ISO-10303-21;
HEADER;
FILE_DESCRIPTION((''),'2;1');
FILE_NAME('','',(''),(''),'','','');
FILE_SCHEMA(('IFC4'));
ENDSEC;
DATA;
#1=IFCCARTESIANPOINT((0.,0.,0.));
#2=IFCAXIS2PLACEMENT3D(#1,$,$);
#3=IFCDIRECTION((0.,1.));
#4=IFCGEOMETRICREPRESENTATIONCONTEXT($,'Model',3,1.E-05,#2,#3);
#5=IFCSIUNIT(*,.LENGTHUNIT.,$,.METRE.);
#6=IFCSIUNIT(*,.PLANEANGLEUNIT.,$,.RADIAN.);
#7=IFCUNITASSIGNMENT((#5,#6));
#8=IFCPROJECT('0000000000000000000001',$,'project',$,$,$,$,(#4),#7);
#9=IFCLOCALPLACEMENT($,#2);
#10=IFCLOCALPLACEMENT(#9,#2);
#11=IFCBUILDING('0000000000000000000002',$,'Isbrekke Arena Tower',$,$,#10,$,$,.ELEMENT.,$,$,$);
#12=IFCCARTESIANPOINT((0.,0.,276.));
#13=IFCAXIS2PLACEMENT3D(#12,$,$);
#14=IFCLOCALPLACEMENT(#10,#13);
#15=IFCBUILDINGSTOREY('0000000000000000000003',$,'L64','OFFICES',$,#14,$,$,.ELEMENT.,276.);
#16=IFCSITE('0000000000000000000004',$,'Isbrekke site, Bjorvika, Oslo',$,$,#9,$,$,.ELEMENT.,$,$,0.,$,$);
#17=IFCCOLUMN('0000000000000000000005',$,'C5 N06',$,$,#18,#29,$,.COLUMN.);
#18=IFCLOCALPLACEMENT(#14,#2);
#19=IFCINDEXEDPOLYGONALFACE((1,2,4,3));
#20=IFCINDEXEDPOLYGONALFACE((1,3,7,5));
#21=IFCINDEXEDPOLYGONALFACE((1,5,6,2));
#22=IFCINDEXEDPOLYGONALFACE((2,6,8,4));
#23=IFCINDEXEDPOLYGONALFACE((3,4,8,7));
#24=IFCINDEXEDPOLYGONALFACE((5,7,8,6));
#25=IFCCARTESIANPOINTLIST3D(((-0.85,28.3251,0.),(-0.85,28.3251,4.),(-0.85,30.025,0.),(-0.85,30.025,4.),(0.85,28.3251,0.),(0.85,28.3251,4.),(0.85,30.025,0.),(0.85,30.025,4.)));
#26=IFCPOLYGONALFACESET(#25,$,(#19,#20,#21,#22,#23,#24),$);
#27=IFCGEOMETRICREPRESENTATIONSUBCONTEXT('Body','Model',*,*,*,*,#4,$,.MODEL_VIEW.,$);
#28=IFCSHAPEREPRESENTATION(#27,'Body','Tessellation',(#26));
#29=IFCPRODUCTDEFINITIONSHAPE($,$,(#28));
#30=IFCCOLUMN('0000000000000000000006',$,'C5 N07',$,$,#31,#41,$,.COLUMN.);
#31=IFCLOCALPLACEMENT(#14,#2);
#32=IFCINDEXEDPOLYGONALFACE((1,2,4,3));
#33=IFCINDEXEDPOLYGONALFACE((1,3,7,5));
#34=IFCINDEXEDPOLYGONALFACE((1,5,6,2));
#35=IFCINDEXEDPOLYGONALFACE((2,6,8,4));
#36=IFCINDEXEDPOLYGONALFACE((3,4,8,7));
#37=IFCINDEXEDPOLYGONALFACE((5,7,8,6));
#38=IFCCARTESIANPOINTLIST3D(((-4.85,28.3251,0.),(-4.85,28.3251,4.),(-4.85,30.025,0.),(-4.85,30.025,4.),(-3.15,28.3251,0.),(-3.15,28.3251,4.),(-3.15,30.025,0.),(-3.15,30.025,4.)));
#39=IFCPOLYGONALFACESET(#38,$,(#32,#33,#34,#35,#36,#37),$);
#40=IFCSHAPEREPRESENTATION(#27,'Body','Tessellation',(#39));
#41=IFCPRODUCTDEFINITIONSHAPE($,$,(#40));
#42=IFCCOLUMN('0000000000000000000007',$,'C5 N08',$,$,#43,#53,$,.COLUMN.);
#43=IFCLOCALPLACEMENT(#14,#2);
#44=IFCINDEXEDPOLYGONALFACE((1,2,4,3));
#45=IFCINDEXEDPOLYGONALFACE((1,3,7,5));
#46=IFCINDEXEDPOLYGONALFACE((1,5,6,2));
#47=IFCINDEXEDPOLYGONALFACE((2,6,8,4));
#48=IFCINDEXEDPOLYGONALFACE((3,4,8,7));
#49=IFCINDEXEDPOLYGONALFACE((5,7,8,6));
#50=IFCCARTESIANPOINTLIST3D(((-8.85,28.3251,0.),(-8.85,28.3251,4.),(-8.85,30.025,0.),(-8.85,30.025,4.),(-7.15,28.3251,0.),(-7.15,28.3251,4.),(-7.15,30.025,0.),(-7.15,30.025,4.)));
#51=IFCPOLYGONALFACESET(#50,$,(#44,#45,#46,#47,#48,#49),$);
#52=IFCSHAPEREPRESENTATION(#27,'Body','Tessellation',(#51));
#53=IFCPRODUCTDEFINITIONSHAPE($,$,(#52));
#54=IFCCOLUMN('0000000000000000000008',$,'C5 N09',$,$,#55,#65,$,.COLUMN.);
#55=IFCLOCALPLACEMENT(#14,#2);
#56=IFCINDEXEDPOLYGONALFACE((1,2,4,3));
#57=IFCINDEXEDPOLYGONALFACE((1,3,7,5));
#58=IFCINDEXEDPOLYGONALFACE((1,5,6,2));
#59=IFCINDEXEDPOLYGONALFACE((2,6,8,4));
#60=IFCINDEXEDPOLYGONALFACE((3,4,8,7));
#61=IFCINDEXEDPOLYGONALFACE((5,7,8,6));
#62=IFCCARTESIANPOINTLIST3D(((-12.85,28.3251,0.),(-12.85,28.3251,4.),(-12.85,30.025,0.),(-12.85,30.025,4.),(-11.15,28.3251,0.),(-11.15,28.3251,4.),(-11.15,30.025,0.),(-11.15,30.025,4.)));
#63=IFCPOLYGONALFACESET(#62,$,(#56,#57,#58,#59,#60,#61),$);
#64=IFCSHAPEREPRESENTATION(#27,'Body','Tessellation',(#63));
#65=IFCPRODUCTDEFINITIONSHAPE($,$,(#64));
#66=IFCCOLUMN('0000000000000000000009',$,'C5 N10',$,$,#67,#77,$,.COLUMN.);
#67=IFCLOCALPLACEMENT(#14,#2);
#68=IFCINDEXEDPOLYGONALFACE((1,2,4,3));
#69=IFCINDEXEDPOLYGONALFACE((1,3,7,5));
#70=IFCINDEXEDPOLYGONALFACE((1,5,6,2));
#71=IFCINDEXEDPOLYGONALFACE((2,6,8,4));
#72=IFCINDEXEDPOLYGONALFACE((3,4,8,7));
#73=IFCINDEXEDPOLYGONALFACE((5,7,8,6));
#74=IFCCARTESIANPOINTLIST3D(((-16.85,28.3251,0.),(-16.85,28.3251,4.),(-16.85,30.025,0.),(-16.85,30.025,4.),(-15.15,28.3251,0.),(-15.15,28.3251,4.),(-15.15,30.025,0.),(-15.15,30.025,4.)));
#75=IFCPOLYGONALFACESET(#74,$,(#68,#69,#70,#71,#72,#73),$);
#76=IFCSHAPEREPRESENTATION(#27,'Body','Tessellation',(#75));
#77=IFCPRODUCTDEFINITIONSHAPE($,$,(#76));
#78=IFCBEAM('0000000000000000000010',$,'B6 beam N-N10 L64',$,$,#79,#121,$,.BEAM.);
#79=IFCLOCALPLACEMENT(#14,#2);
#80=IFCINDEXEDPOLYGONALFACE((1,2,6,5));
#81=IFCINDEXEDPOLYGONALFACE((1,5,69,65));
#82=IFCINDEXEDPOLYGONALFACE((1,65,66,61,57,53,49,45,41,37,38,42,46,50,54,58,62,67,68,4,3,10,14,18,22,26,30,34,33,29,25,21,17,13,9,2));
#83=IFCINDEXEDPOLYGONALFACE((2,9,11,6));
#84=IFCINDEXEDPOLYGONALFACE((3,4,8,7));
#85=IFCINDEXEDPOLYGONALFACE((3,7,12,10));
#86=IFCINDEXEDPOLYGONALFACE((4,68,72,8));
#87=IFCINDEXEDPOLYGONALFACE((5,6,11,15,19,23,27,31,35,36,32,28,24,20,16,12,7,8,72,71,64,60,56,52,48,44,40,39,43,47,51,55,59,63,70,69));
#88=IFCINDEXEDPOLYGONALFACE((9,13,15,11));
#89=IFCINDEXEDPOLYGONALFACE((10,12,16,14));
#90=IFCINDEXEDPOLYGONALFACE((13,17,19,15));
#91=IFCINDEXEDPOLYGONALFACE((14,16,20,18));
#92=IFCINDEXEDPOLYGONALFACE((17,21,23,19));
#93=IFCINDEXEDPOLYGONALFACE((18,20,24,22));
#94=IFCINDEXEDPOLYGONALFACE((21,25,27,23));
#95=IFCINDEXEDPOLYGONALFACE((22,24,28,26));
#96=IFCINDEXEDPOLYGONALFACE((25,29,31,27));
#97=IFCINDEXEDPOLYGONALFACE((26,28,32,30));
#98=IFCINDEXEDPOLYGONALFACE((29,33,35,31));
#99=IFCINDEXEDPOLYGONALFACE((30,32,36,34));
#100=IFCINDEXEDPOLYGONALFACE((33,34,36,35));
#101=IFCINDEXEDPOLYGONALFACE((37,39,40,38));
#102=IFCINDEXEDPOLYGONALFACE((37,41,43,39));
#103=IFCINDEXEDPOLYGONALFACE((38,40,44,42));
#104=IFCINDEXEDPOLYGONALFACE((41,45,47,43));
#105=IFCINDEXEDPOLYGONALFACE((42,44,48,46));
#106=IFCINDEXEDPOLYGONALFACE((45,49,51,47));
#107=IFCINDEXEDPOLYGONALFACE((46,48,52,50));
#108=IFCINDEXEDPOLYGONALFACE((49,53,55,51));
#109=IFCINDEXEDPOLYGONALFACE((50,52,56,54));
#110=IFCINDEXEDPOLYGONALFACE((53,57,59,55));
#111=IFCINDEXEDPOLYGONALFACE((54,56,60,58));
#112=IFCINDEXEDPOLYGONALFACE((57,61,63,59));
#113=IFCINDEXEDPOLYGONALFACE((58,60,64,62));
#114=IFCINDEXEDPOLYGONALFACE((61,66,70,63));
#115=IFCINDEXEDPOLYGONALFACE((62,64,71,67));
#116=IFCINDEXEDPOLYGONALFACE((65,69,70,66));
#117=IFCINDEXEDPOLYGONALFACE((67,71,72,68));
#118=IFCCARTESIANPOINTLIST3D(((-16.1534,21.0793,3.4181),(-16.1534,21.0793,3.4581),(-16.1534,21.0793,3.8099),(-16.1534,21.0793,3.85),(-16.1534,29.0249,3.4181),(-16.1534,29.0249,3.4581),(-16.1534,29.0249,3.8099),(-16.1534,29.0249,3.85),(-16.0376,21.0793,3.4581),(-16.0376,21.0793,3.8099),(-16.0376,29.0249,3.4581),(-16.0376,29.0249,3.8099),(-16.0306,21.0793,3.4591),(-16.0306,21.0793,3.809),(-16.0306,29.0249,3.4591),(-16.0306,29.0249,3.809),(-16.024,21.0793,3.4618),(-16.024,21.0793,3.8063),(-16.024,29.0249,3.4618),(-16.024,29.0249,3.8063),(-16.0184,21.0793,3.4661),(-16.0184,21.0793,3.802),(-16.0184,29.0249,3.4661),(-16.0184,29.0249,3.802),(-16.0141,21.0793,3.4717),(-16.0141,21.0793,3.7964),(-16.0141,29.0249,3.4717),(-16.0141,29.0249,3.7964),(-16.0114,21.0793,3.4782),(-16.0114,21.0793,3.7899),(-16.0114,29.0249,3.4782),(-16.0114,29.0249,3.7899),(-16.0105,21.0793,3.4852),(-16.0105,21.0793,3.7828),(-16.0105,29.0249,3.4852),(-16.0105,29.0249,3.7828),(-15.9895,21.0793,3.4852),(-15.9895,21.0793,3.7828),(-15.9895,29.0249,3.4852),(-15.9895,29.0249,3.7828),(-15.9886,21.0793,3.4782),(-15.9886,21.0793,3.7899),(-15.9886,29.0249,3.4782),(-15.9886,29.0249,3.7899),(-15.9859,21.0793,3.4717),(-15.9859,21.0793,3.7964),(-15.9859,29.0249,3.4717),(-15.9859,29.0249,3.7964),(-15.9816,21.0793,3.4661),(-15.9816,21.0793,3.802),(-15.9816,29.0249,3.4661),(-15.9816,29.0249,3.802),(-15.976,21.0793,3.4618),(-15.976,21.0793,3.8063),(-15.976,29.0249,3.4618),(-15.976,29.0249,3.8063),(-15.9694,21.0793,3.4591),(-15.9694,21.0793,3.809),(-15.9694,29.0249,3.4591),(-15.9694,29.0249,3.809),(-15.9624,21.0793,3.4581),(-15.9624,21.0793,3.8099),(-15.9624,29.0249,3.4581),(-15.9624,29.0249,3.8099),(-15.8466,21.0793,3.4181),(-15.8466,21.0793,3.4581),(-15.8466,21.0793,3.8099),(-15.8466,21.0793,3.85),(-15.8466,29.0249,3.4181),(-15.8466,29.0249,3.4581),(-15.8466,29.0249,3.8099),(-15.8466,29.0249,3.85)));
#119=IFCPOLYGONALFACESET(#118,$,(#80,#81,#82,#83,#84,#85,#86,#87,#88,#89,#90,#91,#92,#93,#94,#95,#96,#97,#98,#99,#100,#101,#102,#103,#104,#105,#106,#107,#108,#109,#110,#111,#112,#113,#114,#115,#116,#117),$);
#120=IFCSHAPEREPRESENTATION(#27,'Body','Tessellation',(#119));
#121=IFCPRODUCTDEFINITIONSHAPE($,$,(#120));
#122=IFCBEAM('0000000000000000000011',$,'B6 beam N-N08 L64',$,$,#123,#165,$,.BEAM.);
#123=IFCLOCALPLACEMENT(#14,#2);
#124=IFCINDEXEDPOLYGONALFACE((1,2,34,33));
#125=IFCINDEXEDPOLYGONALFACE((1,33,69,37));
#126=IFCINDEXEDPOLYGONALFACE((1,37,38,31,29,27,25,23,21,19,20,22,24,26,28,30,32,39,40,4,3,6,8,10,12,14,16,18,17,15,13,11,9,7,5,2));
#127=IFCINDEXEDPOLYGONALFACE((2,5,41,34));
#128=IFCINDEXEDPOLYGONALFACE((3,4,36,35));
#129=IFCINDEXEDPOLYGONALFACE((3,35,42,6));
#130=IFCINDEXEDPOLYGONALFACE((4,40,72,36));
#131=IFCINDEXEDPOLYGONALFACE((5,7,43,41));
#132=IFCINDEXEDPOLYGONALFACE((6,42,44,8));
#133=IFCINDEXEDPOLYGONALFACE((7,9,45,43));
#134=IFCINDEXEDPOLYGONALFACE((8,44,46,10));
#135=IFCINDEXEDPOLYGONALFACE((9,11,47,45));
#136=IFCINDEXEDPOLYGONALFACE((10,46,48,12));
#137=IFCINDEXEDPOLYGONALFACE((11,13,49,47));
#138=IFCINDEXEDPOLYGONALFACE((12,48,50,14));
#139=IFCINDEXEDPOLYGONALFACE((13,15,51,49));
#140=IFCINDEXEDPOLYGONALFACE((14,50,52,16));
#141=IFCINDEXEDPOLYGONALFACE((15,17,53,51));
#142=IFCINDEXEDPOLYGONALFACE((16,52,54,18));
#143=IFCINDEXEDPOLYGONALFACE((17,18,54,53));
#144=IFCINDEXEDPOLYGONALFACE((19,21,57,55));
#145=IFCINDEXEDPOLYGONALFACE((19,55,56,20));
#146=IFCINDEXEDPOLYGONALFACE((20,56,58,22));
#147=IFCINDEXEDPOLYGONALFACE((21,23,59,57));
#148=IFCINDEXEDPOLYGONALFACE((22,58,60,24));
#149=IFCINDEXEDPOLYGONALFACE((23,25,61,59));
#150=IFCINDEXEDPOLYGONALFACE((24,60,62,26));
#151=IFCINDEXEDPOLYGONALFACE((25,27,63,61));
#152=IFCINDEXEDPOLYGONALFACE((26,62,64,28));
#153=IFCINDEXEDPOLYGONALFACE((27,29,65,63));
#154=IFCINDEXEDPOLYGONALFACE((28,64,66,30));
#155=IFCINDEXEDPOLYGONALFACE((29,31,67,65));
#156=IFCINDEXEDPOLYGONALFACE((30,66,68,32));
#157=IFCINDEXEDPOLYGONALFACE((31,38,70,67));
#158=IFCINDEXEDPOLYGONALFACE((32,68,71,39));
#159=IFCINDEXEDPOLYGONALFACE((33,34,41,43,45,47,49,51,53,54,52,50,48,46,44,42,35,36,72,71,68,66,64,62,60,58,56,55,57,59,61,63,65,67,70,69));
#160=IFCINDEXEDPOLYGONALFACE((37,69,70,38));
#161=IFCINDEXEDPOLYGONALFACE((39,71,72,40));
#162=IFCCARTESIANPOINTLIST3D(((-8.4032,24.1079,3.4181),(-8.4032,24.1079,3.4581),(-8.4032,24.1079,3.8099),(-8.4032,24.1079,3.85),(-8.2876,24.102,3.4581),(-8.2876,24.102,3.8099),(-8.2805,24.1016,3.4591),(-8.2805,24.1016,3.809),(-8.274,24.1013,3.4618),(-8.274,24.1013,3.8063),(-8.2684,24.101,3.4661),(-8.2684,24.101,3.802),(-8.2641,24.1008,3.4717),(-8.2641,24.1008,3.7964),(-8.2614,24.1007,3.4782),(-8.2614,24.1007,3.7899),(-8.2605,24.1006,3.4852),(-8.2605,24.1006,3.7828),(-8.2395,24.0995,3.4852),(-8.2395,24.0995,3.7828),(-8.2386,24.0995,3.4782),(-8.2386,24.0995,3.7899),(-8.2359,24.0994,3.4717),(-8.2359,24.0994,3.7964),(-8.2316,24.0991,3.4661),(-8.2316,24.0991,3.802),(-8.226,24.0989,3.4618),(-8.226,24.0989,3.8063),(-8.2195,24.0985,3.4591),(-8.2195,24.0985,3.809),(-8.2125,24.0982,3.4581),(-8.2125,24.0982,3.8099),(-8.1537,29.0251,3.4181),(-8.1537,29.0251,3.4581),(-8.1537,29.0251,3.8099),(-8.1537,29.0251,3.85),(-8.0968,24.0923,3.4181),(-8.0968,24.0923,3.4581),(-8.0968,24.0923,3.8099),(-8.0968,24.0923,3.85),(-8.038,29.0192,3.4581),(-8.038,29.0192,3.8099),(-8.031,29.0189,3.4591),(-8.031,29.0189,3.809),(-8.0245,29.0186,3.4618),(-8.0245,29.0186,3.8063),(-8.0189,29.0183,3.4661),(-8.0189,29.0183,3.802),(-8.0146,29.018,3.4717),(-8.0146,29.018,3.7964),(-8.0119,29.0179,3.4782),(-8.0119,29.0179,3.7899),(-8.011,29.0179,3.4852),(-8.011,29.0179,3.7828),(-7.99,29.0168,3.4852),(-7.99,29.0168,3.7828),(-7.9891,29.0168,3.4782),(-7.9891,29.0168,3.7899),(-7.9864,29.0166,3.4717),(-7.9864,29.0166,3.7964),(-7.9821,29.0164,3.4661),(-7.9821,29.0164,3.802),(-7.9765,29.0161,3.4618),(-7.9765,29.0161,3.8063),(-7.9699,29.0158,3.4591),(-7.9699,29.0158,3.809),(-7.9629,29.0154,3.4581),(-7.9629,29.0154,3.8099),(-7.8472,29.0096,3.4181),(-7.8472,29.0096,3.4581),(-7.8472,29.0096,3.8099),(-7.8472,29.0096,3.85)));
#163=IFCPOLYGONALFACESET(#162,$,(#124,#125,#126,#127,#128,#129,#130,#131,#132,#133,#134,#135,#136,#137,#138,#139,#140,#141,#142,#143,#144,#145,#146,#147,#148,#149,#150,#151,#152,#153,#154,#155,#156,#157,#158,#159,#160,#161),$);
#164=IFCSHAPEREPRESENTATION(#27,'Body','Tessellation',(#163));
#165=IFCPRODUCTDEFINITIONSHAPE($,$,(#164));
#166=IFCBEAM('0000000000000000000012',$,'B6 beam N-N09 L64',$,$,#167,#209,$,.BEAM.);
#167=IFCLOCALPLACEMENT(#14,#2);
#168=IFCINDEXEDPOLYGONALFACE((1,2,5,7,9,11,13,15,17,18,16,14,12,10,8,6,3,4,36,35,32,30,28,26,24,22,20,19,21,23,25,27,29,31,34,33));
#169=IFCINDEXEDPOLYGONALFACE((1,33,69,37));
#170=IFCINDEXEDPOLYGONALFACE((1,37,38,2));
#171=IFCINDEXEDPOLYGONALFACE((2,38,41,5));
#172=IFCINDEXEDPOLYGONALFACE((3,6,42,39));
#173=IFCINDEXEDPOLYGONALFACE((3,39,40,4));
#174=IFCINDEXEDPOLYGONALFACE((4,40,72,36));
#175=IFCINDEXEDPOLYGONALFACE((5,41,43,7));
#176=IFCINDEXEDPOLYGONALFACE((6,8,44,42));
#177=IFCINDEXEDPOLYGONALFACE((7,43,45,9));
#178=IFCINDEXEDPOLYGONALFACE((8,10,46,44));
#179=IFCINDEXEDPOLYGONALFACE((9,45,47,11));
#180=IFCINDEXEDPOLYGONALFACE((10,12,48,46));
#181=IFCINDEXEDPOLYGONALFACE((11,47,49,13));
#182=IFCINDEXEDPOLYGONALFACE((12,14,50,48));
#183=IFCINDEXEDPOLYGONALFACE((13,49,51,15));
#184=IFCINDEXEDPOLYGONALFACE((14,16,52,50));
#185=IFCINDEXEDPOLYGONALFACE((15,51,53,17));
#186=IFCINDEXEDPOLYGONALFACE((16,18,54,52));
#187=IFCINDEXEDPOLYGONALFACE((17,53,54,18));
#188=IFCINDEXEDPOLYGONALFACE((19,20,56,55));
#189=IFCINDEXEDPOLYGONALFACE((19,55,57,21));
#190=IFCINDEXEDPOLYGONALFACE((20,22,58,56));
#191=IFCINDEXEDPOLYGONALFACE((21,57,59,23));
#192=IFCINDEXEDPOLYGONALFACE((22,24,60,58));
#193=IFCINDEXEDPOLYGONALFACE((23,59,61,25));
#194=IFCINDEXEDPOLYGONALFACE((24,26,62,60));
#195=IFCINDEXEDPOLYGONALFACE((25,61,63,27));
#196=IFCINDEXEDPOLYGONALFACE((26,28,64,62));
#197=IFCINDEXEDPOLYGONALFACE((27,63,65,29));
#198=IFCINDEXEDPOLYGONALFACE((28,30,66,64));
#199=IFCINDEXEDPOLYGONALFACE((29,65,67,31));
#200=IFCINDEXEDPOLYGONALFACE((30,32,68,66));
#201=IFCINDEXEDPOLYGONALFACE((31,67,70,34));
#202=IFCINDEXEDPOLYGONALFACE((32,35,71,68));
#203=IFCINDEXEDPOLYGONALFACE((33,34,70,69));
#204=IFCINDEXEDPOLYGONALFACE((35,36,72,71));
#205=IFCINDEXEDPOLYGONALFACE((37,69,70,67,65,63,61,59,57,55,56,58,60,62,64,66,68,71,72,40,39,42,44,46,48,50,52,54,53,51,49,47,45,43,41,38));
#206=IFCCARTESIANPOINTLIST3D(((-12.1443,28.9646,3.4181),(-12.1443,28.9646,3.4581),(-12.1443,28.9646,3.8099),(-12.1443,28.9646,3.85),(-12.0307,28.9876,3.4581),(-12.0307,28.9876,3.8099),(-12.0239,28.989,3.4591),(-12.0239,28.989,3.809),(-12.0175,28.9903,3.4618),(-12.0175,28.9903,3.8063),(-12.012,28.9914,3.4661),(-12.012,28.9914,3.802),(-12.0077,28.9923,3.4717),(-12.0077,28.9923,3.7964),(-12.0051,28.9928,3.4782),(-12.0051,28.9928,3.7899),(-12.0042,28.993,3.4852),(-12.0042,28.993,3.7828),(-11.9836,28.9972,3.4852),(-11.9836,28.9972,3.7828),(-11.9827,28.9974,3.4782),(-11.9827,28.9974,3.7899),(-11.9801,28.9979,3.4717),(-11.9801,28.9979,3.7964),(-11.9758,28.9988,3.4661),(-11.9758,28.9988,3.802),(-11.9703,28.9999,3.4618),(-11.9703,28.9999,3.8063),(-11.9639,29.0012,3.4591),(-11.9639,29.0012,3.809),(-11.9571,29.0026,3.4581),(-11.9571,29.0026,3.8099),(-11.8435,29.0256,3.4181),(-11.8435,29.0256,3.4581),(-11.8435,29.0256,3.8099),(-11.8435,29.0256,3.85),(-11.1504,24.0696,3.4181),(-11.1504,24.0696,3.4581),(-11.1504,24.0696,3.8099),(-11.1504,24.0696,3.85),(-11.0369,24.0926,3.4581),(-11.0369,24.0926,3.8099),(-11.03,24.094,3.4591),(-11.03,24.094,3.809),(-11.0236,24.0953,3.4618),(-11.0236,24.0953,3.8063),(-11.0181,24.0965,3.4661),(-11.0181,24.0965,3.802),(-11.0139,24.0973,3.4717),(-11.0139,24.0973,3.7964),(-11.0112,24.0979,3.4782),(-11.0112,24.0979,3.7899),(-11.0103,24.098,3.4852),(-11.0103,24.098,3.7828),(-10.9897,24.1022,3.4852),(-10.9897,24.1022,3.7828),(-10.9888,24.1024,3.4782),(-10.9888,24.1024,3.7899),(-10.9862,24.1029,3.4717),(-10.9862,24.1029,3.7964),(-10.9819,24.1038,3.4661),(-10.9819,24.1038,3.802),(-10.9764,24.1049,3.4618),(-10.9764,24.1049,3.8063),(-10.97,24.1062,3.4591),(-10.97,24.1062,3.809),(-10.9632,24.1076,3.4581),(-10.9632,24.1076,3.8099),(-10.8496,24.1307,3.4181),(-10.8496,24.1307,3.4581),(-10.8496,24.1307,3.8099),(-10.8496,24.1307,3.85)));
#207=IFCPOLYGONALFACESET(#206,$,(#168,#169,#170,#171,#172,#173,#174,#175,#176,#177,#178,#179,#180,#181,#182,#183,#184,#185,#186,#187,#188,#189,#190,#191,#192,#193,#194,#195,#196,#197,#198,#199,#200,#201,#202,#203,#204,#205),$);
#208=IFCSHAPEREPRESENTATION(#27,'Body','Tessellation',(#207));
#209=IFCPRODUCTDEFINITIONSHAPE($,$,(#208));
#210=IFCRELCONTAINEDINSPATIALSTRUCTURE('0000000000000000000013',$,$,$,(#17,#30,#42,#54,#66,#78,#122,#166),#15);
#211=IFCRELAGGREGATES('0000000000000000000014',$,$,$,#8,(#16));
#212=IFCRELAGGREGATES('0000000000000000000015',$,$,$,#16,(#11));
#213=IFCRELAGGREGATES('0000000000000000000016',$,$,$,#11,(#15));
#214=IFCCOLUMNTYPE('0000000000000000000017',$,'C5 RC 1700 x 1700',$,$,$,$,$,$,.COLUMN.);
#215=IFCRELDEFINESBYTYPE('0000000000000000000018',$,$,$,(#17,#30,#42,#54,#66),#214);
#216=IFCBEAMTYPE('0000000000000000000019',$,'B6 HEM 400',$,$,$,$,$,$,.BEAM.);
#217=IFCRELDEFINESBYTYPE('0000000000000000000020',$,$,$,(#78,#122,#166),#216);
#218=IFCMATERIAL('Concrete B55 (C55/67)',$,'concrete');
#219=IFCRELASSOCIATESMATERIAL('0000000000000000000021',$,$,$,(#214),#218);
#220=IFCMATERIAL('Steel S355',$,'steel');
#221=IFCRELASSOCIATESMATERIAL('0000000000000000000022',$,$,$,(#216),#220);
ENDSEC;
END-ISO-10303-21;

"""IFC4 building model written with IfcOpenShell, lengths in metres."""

from ifc_helpers import new_model, si_unit, direction, frame, origin, origin_2d, place, context, subcontext, project, spatial, rectangle, i_section, extrude, material, material_profile, profile_set, type_object, element, save


model = new_model("IFC4")

# Units and contexts
model_context = context("Model", 3, precision=1e-05, world=origin(), true_north=direction((0.0, 1.0)))
body_context = subcontext(model_context, "Body", "Model", "MODEL_VIEW")
ifc_project = project(units=[si_unit("LENGTHUNIT", "METRE"), si_unit("PLANEANGLEUNIT", "RADIAN")], contexts=[model_context])

# Site, building, storey
site_placement = place(None, origin())
site = spatial("IfcSite", under=ifc_project, at=site_placement, Name="Isbrekke site, Bjorvika, Oslo", CompositionType="ELEMENT", RefElevation=0.0)
building_placement = place(site_placement, origin())
building = spatial("IfcBuilding", under=site, at=building_placement, Name="Isbrekke Arena Tower", CompositionType="ELEMENT")
storey_placement = place(building_placement, frame((0.0, 0.0, 276.0)))
storey = spatial("IfcBuildingStorey", under=building, at=storey_placement, Name="L64", Description="OFFICES", CompositionType="ELEMENT", Elevation=276.0)

# Columns
ifc_material_1 = material(Name="Concrete B55 (C55/67)", Category="concrete")
ifc_material_profile_1 = material_profile(ifc_material_1, rectangle(XDim=1.7, YDim=1.7, at=origin_2d()), Name="RC 1700x1700")
ifc_profile_set_1 = profile_set([ifc_material_profile_1], Name="Concrete B55 (C55/67)")
column_type = type_object("IfcColumnType", Name="C5 RC 1700 x 1700", PredefinedType="COLUMN", material=ifc_profile_set_1)
for number, where, z_axis, x_axis, name in (
    (1, (0.0, 29.175, 0.0), (0.0, 0.0, 1.0), (-1.0, 0.0, 0.0), "C5 N06"),
    (2, (-4.0, 29.175, 0.0), (0.0, 0.0, 1.0), (-1.0, 0.0, 0.0), "C5 N07"),
    (3, (-8.0, 29.175, 0.0), (0.0, 0.0, 1.0), (-1.0, 0.0, 0.0), "C5 N08"),
    (4, (-12.0, 29.175, 0.0), (0.0, 0.0, 1.0), (-1.0, 0.0, 0.0), "C5 N09"),
    (5, (-16.0, 29.175, 0.0), (0.0, 0.0, 1.0), (-1.0, 0.0, 0.0), "C5 N10"),
):
    element("IfcColumn", number, at=place(storey_placement, frame(where, z_axis=z_axis, x_axis=x_axis)), inside=storey, type_object=column_type, Name=name, PredefinedType="COLUMN", context=body_context, shape_type="SweptSolid", body=[
        extrude(rectangle(XDim=1.7, YDim=1.7, at=origin_2d()), origin(), (0.0, 0.0, 1.0), 4.0),
    ])

# Beams
ifc_material_2 = material(Name="Steel S355", Category="steel")
ifc_material_profile_2 = material_profile(ifc_material_2, i_section(OverallWidth=0.3069, OverallDepth=0.4319, WebThickness=0.021, FlangeThickness=0.04, FilletRadius=0.0271, at=origin_2d()), Name="HEM 400")
ifc_profile_set_2 = profile_set([ifc_material_profile_2], Name="Steel S355")
beam_type_1 = type_object("IfcBeamType", Name="B6 HEM 400", PredefinedType="BEAM", material=ifc_profile_set_2)
beam_1_placement = place(storey_placement, frame((-16.0, 29.0249, 3.634), z_axis=(0.0, -1.0, 0.0), x_axis=(1.0, 0.0, 0.0)))
element("IfcBeam", 6, at=beam_1_placement, inside=storey, type_object=beam_type_1, Name="B6 beam N-N10 L64", PredefinedType="BEAM", context=body_context, shape_type="SweptSolid", body=[
    extrude(i_section(OverallWidth=0.3069, OverallDepth=0.4319, WebThickness=0.021, FlangeThickness=0.04, FilletRadius=0.0271, at=origin_2d()), origin(), (0.0, 0.0, 1.0), 7.9456),
])
beam_2_placement = place(storey_placement, frame((-8.0005, 29.0173, 3.634), z_axis=(-0.050677, -0.998715, 0.0), x_axis=(0.998715, -0.050677, 0.0)))
element("IfcBeam", 7, at=beam_2_placement, inside=storey, type_object=beam_type_1, Name="B6 beam N-N08 L64", PredefinedType="BEAM", context=body_context, shape_type="SweptSolid", body=[
    extrude(i_section(OverallWidth=0.3069, OverallDepth=0.4319, WebThickness=0.021, FlangeThickness=0.04, FilletRadius=0.0271, at=origin_2d()), origin(), (0.0, 0.0, 1.0), 4.9236),
])
beam_3_placement = place(storey_placement, frame((-11.9939, 28.9951, 3.634), z_axis=(0.198982, -0.980003, 0.0), x_axis=(0.980003, 0.198982, 0.0)))
element("IfcBeam", 8, at=beam_3_placement, inside=storey, type_object=beam_type_1, Name="B6 beam N-N09 L64", PredefinedType="BEAM", context=body_context, shape_type="SweptSolid", body=[
    extrude(i_section(OverallWidth=0.3069, OverallDepth=0.4319, WebThickness=0.021, FlangeThickness=0.04, FilletRadius=0.0271, at=origin_2d()), origin(), (0.0, 0.0, 1.0), 4.9949),
])

save(model, "model.ifc")
